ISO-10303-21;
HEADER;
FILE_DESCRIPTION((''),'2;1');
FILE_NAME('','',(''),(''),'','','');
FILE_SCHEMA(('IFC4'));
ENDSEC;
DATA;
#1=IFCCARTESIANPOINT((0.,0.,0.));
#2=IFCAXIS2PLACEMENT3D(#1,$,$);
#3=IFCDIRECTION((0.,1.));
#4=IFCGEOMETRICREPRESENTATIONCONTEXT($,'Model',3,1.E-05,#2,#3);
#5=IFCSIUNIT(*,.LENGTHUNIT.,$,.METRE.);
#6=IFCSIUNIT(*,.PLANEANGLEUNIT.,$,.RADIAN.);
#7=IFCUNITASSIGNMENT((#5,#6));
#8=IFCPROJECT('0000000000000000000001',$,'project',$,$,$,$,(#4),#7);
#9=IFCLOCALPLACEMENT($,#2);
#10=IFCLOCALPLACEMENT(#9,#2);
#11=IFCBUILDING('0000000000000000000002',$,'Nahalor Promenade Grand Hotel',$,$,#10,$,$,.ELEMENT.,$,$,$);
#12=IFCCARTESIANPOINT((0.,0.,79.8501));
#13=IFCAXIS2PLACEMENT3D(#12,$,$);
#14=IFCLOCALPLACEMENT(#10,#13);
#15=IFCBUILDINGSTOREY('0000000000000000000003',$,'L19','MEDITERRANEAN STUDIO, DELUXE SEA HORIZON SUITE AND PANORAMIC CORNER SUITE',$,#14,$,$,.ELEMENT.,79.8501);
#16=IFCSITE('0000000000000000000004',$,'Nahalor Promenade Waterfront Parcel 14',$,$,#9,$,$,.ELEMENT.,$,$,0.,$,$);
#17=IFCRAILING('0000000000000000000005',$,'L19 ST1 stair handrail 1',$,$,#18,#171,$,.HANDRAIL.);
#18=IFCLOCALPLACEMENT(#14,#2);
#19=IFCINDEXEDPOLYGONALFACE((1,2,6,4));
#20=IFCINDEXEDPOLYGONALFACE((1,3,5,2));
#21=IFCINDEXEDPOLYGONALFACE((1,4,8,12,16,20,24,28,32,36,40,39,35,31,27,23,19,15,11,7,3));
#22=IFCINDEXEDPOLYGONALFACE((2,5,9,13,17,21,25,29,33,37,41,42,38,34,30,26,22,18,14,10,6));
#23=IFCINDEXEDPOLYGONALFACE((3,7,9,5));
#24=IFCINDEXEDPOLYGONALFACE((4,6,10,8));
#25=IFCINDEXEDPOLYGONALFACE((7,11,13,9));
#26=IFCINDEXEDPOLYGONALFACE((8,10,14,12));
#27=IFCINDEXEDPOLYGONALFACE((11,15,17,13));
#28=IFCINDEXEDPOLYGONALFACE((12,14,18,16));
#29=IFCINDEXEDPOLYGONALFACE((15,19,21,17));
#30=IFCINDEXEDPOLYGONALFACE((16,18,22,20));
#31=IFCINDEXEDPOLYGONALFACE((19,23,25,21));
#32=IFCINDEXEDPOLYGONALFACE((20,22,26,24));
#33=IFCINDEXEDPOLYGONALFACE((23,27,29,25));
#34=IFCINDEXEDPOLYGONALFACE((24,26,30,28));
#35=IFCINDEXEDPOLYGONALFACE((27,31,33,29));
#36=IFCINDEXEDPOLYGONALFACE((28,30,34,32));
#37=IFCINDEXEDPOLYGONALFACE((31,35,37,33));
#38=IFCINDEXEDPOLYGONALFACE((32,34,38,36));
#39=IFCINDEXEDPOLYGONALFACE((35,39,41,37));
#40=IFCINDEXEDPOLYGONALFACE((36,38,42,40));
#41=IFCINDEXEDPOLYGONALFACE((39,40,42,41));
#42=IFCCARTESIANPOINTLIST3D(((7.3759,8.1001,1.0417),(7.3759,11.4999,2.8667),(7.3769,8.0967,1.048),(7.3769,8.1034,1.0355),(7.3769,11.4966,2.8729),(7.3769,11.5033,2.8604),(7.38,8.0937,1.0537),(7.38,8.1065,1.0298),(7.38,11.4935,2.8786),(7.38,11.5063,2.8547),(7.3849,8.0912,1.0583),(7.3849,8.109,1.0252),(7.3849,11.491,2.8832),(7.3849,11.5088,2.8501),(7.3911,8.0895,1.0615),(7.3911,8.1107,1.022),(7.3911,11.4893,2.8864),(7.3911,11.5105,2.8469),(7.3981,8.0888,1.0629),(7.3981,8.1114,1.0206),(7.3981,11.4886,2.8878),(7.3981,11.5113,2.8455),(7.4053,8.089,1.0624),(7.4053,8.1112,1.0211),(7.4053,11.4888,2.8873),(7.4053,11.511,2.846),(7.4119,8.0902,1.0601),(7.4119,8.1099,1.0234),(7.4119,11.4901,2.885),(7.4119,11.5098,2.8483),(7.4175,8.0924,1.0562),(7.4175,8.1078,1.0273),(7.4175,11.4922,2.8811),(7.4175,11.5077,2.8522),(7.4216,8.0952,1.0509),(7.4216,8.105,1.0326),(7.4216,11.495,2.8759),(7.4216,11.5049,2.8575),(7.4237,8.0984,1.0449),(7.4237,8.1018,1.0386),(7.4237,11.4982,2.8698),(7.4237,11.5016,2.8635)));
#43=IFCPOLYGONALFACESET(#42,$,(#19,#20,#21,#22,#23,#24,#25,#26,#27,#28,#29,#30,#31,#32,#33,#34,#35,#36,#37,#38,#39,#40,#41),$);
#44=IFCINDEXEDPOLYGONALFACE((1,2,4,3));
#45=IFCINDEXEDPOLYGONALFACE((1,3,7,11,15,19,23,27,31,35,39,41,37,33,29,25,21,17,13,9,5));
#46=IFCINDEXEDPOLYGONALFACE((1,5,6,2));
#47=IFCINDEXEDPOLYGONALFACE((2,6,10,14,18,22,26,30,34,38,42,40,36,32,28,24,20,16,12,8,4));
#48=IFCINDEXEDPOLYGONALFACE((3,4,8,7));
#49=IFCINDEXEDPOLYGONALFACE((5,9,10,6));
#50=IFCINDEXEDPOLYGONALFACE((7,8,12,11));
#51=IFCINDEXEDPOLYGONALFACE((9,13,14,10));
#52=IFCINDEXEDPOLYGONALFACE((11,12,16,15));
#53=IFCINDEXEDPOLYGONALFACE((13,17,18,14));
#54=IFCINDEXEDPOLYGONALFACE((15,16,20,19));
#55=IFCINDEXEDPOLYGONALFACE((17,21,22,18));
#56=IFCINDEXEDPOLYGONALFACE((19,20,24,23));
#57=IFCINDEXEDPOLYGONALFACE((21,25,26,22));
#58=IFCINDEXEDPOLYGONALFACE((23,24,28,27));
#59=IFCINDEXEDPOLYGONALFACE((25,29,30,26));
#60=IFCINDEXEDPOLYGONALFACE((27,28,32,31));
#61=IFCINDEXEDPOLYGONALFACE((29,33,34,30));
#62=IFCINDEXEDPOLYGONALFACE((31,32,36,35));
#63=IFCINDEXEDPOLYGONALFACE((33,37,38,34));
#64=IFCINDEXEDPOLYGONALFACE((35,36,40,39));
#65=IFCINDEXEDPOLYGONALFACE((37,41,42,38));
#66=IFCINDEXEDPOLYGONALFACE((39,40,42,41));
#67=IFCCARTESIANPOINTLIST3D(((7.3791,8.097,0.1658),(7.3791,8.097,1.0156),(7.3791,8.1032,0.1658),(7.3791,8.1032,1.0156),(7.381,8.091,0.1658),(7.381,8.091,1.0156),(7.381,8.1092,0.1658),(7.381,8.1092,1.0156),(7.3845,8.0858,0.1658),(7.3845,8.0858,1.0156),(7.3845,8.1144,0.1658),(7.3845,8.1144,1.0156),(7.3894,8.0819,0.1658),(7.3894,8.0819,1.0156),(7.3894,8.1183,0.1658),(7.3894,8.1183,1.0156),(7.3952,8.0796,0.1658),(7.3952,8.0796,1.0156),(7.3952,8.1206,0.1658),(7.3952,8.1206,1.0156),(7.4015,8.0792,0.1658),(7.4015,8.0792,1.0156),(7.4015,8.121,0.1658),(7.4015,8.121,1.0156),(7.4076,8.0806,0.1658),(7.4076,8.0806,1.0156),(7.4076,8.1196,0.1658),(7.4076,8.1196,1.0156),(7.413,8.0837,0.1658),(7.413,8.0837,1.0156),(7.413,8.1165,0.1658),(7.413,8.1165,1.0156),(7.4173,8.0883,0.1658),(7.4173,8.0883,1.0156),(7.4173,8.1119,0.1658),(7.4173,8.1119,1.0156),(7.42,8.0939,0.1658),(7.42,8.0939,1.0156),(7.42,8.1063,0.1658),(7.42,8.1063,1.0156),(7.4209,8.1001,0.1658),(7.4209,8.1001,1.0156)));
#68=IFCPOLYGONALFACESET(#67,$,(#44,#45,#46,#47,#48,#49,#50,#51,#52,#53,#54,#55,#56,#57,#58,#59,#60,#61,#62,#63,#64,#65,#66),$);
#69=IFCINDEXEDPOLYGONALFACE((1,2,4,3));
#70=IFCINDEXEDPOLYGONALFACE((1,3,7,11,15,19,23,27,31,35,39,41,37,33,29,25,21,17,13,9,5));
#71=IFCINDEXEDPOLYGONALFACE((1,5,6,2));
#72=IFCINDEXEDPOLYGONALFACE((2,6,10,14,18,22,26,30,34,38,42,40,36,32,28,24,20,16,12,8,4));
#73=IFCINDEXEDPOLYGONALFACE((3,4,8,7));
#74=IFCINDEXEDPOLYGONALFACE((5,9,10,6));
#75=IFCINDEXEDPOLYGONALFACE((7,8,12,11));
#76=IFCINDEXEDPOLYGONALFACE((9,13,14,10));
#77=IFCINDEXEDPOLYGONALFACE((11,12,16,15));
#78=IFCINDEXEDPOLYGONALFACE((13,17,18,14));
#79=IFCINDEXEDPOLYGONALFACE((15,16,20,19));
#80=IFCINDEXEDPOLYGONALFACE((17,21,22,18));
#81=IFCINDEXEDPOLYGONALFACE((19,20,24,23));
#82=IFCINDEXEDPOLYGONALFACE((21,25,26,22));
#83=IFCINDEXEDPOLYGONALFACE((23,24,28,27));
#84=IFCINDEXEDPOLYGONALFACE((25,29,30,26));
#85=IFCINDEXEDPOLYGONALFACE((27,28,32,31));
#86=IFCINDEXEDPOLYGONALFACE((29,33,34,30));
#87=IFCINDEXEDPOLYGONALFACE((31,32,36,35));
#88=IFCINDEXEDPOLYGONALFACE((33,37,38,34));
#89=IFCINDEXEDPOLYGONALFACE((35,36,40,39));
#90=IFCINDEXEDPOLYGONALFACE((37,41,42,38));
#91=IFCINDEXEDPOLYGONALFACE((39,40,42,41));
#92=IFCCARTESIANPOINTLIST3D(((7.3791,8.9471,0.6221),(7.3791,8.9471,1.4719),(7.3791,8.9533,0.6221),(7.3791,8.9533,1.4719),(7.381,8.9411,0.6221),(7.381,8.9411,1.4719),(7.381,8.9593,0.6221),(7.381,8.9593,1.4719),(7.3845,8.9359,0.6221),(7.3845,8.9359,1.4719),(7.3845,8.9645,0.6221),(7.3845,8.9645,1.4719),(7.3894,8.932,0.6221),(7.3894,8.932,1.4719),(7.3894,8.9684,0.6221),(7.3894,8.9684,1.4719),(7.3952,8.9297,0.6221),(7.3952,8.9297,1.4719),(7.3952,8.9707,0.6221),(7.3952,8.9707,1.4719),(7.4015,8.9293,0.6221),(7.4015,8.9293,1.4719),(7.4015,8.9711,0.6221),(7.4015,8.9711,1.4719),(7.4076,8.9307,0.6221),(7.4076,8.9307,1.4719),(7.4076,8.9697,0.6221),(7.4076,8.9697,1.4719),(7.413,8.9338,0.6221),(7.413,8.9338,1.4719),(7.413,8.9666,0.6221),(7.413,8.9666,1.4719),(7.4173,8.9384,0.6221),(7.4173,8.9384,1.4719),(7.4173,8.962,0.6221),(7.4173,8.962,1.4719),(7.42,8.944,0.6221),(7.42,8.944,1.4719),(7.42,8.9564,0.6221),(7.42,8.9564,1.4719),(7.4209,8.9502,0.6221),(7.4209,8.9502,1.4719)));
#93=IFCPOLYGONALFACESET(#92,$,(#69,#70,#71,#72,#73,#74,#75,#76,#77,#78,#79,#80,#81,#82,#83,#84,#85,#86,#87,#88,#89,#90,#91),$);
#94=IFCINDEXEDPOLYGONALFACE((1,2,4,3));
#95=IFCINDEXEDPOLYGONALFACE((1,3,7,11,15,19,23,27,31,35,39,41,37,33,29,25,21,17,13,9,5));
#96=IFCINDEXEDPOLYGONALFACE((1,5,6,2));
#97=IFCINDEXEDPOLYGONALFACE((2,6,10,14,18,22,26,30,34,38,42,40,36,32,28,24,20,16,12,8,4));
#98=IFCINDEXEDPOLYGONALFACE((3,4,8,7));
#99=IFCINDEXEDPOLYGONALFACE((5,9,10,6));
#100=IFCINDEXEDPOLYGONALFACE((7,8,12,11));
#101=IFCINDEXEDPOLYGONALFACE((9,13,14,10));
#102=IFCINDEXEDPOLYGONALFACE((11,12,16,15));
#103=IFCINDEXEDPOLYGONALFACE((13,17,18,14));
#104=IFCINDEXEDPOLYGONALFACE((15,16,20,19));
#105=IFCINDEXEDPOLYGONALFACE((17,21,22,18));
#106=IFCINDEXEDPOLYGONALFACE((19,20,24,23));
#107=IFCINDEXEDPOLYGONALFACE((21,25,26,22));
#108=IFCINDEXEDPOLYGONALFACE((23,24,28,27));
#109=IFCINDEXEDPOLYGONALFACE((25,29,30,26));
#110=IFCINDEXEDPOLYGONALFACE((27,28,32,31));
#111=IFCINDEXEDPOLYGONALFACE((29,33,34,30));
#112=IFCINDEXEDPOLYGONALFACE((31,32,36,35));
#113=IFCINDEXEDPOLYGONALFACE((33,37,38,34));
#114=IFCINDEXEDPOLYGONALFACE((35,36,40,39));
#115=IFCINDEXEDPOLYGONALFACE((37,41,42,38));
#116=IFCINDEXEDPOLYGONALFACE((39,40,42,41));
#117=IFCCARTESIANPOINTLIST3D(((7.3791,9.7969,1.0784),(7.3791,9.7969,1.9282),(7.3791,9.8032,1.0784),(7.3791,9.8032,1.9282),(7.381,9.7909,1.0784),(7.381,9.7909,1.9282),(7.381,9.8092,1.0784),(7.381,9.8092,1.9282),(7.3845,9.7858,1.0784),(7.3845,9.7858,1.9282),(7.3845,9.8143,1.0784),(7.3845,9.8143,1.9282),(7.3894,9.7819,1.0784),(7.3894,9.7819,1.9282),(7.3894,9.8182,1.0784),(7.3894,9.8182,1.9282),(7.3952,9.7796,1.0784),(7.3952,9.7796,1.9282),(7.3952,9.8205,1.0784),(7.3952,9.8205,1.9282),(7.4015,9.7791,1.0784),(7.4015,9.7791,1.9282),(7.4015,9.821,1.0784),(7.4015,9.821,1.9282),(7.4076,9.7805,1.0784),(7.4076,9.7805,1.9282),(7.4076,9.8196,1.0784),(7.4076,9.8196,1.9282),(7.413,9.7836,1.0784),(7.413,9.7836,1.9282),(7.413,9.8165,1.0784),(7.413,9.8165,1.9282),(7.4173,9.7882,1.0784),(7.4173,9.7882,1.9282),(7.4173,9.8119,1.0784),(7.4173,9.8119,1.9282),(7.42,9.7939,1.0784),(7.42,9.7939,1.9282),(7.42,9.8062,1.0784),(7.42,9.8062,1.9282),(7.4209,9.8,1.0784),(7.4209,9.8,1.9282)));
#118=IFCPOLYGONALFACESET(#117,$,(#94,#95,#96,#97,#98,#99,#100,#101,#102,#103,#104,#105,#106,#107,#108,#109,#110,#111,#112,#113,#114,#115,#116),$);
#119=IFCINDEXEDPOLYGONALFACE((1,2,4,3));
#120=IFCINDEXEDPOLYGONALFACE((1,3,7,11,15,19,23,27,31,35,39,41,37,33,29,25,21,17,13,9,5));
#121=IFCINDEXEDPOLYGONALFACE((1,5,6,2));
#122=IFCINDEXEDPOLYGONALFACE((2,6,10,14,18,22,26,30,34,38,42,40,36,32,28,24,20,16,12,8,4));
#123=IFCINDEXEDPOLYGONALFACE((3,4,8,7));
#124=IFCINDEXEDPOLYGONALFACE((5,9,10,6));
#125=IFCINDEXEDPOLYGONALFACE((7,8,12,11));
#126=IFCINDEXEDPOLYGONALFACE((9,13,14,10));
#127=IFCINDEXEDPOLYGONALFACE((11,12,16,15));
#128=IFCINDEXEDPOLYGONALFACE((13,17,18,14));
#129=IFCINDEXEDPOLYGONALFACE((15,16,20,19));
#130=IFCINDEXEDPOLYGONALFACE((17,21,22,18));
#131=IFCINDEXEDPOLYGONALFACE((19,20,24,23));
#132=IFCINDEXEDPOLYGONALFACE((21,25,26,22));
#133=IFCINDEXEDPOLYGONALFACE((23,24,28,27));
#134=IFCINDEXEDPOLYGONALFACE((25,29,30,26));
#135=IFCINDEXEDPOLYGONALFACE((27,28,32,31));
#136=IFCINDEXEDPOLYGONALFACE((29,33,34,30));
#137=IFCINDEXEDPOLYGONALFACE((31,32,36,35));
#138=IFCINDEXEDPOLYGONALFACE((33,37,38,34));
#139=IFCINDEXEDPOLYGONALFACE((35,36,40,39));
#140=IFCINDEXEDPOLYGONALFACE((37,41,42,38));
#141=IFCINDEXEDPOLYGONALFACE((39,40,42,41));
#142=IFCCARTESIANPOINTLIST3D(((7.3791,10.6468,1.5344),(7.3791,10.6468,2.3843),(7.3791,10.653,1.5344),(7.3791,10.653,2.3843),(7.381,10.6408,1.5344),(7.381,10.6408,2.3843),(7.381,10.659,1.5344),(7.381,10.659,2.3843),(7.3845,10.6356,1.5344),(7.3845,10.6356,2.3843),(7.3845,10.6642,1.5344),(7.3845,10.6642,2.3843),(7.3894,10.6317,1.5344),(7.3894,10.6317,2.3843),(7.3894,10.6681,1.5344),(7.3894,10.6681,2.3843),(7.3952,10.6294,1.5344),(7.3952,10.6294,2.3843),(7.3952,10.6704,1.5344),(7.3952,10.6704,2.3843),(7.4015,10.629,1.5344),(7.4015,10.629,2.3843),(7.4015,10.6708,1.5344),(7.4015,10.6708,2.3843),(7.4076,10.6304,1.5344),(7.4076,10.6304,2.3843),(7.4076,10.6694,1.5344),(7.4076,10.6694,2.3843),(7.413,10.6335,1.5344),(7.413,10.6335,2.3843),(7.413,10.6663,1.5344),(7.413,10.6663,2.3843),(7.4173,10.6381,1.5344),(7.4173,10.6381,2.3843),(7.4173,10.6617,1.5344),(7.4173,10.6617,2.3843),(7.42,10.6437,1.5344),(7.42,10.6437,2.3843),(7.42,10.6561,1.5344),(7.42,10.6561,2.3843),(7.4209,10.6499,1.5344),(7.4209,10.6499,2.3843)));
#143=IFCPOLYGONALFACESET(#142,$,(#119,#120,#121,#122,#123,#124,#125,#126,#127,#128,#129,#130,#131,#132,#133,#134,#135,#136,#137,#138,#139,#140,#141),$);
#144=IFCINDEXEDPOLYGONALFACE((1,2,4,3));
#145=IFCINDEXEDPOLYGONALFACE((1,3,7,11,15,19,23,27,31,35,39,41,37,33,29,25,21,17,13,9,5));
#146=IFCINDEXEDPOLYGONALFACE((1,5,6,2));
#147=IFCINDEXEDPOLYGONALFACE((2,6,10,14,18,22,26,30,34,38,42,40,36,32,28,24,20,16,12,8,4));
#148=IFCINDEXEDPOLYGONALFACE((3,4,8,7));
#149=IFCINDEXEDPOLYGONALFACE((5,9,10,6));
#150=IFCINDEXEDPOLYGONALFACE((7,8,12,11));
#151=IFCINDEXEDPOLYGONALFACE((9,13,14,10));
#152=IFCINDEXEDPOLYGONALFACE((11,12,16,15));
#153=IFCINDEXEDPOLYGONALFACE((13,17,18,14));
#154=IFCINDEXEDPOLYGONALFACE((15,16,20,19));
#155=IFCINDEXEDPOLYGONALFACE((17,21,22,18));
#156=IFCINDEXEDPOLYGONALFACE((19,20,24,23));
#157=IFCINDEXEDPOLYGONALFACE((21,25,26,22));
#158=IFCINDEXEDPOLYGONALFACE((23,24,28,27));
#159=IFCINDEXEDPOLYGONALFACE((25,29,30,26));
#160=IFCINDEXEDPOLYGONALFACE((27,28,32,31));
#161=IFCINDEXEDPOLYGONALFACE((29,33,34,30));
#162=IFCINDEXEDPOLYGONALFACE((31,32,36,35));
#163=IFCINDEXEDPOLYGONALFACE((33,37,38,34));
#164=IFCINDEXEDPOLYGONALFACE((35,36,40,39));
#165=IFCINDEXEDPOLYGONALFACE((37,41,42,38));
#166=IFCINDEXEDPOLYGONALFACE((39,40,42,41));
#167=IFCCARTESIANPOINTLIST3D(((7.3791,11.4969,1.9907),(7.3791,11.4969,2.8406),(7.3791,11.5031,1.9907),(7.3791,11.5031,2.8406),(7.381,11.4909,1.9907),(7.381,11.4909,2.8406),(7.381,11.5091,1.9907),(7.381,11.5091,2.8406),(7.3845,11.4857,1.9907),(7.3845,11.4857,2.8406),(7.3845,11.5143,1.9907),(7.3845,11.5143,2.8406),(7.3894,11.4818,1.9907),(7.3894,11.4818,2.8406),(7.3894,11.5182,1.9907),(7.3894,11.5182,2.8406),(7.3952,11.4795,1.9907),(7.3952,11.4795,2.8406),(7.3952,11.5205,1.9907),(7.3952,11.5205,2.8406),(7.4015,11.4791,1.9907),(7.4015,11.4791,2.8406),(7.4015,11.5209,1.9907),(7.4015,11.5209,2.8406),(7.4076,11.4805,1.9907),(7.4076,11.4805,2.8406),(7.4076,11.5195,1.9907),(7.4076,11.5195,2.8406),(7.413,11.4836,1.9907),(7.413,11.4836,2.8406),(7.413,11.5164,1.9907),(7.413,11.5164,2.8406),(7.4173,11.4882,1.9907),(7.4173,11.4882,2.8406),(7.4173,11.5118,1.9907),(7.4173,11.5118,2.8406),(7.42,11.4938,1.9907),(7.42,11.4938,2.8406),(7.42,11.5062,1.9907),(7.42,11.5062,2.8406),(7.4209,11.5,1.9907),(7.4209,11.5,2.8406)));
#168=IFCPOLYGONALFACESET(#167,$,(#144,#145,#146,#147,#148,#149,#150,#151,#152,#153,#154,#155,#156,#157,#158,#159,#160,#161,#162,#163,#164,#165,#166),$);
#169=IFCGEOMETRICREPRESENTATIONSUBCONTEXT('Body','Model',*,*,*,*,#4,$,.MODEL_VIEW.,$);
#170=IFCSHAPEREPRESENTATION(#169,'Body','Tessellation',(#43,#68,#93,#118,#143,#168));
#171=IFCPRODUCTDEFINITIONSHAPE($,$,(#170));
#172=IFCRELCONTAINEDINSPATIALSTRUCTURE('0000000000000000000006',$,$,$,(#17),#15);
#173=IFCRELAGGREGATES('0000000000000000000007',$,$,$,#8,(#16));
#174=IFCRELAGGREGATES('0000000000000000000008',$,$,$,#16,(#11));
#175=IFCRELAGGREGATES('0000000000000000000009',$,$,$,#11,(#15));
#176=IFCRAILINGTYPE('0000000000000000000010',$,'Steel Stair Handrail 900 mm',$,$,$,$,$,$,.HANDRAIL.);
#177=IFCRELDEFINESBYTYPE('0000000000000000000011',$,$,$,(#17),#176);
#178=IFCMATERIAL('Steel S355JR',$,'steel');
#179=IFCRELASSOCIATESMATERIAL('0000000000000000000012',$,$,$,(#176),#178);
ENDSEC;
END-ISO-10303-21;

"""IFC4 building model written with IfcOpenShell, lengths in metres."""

from ifc_helpers import new_model, si_unit, direction, frame, origin, origin_2d, place, context, subcontext, project, spatial, circle, extrude, material, type_object, element, save


model = new_model("IFC4")

# Units and contexts
model_context = context("Model", 3, precision=1e-05, world=origin(), true_north=direction((0.0, 1.0)))
body_context = subcontext(model_context, "Body", "Model", "MODEL_VIEW")
ifc_project = project(units=[si_unit("LENGTHUNIT", "METRE"), si_unit("PLANEANGLEUNIT", "RADIAN")], contexts=[model_context])

# Site, building, storey
site_placement = place(None, origin())
site = spatial("IfcSite", under=ifc_project, at=site_placement, Name="Nahalor Promenade Waterfront Parcel 14", CompositionType="ELEMENT", RefElevation=0.0)
building_placement = place(site_placement, origin())
building = spatial("IfcBuilding", under=site, at=building_placement, Name="Nahalor Promenade Grand Hotel", CompositionType="ELEMENT")
storey_placement = place(building_placement, frame((0.0, 0.0, 79.8501)))
storey = spatial("IfcBuildingStorey", under=building, at=storey_placement, Name="L19", Description="MEDITERRANEAN STUDIO, DELUXE SEA HORIZON SUITE AND PANORAMIC CORNER SUITE", CompositionType="ELEMENT", Elevation=79.8501)

# Shared definitions
ifc_material_1 = material(Name="Steel S355JR", Category="steel")

# Railing
railing_type_1 = type_object("IfcRailingType", Name="Steel Stair Handrail 900 mm", PredefinedType="HANDRAIL", material=ifc_material_1)
railing_1_placement = place(storey_placement, frame((7.3999, 8.1001, 0.1658)))
element("IfcRailing", 1, at=railing_1_placement, inside=storey, type_object=railing_type_1, Name="L19 ST1 stair handrail 1", PredefinedType="HANDRAIL", context=body_context, shape_type="SweptSolid", body=[
    extrude(circle(Radius=0.024, at=origin_2d()), frame((0.0, 0.0, 0.876), z_axis=(0.0, 0.881094, 0.472941), x_axis=(-1.0, 0.0, 0.0)), (0.0, 0.0, 1.0), 3.8586),
    extrude(circle(Radius=0.021, at=origin_2d()), origin(), (0.0, 0.0, 1.0), 0.8499),
    extrude(circle(Radius=0.021, at=origin_2d()), frame((0.0, 0.8501, 0.4563)), (0.0, 0.0, 1.0), 0.8499),
    extrude(circle(Radius=0.021, at=origin_2d()), frame((0.0, 1.7, 0.9126)), (0.0, 0.0, 1.0), 0.8499),
    extrude(circle(Radius=0.021, at=origin_2d()), frame((0.0, 2.5498, 1.3687)), (0.0, 0.0, 1.0), 0.8499),
    extrude(circle(Radius=0.021, at=origin_2d()), frame((0.0, 3.3999, 1.825)), (0.0, 0.0, 1.0), 0.8499),
])

save(model, "model.ifc")
